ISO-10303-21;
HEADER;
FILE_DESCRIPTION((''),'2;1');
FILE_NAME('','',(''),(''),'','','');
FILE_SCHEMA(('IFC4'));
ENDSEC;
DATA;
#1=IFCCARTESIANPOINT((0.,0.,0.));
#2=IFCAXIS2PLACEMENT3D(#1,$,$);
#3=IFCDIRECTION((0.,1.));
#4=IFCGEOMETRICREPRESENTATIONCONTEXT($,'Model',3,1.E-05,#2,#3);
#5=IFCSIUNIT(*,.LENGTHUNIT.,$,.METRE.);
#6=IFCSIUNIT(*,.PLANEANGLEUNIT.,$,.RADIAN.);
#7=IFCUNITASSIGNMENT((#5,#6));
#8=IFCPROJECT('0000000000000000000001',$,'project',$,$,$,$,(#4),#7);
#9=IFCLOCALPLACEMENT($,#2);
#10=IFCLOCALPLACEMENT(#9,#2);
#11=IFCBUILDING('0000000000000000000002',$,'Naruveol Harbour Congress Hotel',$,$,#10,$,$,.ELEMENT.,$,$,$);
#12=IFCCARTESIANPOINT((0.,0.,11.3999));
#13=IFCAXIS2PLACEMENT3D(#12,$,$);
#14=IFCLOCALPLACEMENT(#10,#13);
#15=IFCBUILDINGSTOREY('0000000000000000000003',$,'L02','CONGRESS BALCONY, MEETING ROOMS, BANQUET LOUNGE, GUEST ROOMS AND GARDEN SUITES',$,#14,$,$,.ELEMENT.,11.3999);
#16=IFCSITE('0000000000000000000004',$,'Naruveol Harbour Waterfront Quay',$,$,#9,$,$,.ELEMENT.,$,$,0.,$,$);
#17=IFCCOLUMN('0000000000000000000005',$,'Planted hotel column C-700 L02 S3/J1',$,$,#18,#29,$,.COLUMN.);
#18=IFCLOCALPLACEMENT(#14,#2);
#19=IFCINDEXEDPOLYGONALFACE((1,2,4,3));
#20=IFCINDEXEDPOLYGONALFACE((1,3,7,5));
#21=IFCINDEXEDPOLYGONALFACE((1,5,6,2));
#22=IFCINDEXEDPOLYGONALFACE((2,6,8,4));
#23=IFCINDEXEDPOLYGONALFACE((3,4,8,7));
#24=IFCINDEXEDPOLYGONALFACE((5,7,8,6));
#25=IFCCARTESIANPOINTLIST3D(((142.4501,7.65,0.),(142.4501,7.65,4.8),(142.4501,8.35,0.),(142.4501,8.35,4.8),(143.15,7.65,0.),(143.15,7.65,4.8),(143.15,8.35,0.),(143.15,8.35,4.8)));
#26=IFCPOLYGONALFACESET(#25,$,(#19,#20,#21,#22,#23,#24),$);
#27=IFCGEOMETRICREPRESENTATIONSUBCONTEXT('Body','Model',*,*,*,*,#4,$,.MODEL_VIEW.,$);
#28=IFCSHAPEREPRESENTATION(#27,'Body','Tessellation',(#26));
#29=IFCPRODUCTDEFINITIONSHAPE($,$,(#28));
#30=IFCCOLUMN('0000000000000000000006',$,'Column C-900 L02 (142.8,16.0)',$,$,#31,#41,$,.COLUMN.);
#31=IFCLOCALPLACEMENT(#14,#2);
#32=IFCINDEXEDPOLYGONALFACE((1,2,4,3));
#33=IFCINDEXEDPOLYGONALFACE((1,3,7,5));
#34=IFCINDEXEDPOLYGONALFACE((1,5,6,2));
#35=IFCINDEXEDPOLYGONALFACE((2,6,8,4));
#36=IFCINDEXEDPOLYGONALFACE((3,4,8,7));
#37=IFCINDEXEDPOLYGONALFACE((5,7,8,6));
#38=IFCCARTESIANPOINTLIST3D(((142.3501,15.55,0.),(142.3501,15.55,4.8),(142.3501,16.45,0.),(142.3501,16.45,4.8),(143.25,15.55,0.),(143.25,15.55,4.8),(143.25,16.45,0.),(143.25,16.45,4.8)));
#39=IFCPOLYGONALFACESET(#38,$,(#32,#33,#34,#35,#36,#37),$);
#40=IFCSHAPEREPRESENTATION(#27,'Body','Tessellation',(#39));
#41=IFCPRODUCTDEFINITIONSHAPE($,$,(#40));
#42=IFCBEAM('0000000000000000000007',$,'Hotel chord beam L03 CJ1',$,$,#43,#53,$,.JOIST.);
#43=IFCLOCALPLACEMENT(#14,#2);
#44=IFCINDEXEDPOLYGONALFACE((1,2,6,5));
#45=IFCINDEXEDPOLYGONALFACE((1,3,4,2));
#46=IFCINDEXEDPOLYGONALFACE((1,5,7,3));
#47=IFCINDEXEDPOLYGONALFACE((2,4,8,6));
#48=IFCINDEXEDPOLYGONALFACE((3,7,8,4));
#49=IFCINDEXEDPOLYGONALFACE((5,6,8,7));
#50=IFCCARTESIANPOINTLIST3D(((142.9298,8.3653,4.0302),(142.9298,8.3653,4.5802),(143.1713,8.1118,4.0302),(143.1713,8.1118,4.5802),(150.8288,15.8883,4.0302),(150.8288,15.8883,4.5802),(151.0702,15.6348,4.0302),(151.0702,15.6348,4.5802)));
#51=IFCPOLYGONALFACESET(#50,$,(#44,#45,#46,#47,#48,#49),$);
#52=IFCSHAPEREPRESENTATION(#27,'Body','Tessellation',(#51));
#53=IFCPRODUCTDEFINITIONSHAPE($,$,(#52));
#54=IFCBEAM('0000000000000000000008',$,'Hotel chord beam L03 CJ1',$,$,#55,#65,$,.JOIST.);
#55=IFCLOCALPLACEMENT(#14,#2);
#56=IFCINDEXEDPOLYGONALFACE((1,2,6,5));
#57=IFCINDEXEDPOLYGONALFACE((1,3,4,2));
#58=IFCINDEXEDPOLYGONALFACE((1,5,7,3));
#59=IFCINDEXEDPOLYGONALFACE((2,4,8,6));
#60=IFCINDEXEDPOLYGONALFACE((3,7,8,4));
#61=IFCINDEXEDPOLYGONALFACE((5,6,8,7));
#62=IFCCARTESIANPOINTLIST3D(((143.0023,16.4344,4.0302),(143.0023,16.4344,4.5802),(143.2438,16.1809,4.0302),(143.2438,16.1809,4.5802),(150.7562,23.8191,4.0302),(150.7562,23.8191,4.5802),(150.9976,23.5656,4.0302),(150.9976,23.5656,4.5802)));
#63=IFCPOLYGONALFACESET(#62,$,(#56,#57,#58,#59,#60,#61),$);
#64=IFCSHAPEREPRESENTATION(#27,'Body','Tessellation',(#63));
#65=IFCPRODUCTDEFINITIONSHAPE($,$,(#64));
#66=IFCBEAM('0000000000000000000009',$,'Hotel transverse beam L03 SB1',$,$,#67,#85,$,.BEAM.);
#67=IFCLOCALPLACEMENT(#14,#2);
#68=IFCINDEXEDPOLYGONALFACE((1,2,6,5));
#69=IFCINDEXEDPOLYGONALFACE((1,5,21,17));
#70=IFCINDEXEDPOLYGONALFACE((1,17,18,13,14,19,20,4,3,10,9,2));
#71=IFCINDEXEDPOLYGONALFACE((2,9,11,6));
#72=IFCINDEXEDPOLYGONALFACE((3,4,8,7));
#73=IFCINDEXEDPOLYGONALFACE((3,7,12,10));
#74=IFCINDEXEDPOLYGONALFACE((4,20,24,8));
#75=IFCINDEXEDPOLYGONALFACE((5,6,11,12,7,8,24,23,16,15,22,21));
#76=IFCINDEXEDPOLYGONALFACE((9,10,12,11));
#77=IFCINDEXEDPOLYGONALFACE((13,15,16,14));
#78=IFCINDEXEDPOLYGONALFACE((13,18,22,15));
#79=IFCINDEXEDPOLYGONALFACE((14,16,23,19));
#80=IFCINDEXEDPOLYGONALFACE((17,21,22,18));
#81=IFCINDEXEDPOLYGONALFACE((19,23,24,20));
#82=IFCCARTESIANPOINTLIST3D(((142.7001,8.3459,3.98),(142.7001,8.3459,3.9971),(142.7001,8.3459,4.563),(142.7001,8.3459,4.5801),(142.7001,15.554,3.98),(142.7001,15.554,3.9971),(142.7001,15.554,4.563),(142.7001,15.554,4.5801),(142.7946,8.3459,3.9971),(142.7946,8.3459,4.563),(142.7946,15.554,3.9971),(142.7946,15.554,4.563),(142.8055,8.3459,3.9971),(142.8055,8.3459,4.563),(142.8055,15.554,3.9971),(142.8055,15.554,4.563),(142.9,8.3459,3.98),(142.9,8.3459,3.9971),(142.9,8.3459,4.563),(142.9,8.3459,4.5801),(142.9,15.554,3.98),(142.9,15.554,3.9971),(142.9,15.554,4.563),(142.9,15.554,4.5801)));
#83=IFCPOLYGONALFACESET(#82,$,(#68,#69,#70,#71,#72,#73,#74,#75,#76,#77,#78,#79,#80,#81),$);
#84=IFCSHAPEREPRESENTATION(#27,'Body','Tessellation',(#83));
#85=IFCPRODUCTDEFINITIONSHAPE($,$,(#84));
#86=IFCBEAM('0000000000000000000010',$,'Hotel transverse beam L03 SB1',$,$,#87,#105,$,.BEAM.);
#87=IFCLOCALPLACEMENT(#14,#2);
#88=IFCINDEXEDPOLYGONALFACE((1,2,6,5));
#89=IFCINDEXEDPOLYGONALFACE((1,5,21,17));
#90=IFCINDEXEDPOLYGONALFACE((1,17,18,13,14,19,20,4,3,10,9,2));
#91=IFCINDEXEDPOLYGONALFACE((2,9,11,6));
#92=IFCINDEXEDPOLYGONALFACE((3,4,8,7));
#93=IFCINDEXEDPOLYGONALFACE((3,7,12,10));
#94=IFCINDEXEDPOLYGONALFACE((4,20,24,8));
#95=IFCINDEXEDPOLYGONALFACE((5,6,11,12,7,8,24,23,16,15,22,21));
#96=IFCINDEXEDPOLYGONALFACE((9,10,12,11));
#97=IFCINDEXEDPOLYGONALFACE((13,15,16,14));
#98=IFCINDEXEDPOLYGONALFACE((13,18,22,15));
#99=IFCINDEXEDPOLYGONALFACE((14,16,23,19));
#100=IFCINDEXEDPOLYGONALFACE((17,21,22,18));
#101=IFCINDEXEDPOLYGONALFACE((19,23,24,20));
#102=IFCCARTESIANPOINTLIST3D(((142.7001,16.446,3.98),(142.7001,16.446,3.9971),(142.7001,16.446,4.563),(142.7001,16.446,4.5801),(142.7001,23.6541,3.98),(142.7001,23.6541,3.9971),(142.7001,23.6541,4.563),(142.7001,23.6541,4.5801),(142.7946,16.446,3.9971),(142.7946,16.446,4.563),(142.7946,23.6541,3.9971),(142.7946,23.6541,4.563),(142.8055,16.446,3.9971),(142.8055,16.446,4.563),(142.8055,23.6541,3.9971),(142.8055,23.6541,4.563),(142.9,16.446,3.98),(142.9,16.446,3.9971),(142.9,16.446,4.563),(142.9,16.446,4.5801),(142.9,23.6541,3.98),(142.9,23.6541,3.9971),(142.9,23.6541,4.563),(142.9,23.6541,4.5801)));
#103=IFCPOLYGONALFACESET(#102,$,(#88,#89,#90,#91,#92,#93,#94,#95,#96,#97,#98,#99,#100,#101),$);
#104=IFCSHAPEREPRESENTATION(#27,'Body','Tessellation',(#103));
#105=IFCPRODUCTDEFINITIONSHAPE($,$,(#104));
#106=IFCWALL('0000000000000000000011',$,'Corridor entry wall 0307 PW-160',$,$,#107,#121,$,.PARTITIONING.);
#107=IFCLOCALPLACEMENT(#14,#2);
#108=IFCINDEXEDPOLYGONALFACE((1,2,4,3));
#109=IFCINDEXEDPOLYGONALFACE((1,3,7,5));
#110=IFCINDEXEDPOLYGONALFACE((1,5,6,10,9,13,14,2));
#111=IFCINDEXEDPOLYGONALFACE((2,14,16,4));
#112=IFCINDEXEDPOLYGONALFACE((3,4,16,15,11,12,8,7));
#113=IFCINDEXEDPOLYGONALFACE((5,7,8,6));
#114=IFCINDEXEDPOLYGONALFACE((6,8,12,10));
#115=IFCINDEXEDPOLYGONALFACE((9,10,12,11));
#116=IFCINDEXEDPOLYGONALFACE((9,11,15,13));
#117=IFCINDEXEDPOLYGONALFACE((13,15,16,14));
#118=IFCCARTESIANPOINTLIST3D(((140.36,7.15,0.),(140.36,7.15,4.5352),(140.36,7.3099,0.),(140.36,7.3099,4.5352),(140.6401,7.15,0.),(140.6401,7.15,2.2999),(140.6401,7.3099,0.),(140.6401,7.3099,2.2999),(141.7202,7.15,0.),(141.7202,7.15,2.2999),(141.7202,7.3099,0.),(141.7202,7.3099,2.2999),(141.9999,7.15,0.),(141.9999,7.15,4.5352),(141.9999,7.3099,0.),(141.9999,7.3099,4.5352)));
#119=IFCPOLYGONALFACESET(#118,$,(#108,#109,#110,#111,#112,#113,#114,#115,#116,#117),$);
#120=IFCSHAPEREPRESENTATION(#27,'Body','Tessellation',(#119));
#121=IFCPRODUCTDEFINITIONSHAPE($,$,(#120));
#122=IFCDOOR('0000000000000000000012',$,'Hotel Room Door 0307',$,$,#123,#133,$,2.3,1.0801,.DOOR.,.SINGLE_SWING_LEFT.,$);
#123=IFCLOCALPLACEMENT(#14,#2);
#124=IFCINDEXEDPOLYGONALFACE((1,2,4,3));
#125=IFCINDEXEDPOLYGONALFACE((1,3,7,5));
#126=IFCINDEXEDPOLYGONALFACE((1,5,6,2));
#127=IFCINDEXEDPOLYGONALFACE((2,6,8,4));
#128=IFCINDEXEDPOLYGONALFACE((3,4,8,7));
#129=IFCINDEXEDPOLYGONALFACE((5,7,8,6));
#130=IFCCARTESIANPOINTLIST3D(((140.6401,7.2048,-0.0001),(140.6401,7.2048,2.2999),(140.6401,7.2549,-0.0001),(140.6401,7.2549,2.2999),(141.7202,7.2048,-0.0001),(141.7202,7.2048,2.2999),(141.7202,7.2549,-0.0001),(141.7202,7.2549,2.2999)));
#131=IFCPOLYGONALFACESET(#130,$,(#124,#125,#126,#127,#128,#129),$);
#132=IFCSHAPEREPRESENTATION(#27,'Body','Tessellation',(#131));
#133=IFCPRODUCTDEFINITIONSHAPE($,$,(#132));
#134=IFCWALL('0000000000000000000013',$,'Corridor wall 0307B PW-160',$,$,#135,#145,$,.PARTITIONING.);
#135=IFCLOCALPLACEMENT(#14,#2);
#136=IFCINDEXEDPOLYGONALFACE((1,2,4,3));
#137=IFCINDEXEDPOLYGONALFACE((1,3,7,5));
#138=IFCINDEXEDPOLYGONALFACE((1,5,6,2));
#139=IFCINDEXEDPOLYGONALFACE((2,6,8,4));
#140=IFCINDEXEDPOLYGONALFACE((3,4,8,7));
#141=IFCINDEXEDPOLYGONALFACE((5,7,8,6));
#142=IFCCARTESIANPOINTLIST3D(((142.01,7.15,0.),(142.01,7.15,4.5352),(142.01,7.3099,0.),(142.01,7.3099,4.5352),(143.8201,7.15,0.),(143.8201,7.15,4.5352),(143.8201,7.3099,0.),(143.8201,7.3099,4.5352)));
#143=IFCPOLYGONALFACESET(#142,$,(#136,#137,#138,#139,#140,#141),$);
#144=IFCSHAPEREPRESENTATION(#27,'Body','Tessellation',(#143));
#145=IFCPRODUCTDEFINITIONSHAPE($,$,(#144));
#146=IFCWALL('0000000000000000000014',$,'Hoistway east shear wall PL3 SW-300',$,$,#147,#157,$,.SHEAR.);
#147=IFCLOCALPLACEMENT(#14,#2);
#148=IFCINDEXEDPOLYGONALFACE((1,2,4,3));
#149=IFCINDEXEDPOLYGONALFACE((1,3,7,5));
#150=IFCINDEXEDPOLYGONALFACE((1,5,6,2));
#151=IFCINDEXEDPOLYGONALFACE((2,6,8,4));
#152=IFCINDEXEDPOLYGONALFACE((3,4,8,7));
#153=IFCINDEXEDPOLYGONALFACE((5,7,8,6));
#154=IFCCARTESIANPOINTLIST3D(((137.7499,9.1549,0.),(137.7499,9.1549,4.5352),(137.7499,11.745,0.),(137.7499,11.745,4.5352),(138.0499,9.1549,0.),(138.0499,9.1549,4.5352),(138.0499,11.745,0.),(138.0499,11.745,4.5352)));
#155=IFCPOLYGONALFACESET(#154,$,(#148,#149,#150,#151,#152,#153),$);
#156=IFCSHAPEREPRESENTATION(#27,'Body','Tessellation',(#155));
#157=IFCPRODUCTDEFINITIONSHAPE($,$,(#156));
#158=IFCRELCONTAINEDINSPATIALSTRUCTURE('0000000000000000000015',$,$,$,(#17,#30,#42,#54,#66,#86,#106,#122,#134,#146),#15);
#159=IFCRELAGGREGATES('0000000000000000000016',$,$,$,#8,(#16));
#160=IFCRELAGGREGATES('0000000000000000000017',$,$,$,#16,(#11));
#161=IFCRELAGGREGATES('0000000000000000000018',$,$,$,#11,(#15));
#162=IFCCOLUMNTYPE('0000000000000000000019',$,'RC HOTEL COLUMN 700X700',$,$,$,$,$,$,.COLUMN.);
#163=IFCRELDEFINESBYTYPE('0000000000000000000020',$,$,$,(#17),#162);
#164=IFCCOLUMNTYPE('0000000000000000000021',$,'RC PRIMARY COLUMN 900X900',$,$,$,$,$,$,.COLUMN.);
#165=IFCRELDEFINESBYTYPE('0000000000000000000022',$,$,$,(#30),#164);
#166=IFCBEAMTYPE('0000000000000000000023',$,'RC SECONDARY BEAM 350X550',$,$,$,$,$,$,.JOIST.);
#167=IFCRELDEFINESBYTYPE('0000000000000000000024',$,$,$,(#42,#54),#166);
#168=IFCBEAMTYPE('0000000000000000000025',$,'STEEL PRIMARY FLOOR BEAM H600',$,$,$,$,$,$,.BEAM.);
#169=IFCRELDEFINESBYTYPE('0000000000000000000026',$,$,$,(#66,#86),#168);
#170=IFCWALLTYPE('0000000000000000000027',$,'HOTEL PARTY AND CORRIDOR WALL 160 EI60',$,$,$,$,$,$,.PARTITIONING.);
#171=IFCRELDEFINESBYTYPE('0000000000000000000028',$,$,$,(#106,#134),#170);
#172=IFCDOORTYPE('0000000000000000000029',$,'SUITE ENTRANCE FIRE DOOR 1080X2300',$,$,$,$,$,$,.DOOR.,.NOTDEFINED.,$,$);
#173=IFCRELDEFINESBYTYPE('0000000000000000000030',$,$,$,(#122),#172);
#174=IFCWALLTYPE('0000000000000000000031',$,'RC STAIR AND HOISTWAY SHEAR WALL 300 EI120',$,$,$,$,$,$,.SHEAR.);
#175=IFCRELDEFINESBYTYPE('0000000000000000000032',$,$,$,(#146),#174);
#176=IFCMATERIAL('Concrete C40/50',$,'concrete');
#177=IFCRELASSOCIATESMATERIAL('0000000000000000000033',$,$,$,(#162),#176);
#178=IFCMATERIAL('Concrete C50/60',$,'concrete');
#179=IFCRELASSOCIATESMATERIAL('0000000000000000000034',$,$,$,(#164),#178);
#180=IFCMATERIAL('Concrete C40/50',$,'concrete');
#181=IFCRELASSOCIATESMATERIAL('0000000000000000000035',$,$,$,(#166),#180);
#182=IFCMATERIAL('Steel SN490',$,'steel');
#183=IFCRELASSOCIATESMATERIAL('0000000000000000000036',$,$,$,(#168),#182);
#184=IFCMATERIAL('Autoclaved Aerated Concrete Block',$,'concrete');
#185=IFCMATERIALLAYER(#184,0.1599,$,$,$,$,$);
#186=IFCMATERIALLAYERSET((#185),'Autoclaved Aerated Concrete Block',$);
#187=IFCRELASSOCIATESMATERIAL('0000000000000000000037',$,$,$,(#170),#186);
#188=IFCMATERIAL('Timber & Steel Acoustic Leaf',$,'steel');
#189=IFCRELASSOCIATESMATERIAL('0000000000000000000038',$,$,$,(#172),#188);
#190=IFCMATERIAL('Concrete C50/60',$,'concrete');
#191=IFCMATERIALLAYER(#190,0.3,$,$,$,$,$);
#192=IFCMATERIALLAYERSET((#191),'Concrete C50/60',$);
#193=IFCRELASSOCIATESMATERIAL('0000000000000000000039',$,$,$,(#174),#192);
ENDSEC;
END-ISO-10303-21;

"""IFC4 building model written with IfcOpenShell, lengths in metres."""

from ifc_helpers import new_model, si_unit, direction, frame, frame_2d, origin, origin_2d, place, context, subcontext, project, spatial, rectangle, i_section, extrude, material, layer, layer_set, material_profile, profile_set, type_object, element, fill, save


model = new_model("IFC4")

# Units and contexts
model_context = context("Model", 3, precision=1e-05, world=origin(), true_north=direction((0.0, 1.0)))
body_context = subcontext(model_context, "Body", "Model", "MODEL_VIEW")
ifc_project = project(units=[si_unit("LENGTHUNIT", "METRE"), si_unit("PLANEANGLEUNIT", "RADIAN")], contexts=[model_context])

# Site, building, storey
site_placement = place(None, origin())
site = spatial("IfcSite", under=ifc_project, at=site_placement, Name="Naruveol Harbour Waterfront Quay", CompositionType="ELEMENT", RefElevation=0.0)
building_placement = place(site_placement, origin())
building = spatial("IfcBuilding", under=site, at=building_placement, Name="Naruveol Harbour Congress Hotel", CompositionType="ELEMENT")
storey_placement = place(building_placement, frame((0.0, 0.0, 11.3999)))
storey = spatial("IfcBuildingStorey", under=building, at=storey_placement, Name="L02", Description="CONGRESS BALCONY, MEETING ROOMS, BANQUET LOUNGE, GUEST ROOMS AND GARDEN SUITES", CompositionType="ELEMENT", Elevation=11.3999)

# Columns
ifc_material_1 = material(Name="Concrete C40/50", Category="concrete")
ifc_material_profile_1 = material_profile(ifc_material_1, rectangle(XDim=0.7, YDim=0.7, at=origin_2d()), Name="RC-700x700")
ifc_profile_set_1 = profile_set([ifc_material_profile_1], Name="Concrete C40/50")
column_type_1 = type_object("IfcColumnType", Name="RC HOTEL COLUMN 700X700", PredefinedType="COLUMN", material=ifc_profile_set_1)
column_1_placement = place(storey_placement, frame((142.8, 8.0, 0.0), z_axis=(0.0, 0.0, 1.0), x_axis=(1.0, 0.0, 0.0)))
element("IfcColumn", 1, at=column_1_placement, inside=storey, type_object=column_type_1, Name="Planted hotel column C-700 L02 S3/J1", PredefinedType="COLUMN", context=body_context, shape_type="SweptSolid", body=[
    extrude(rectangle(XDim=0.7, YDim=0.7, at=origin_2d()), origin(), (0.0, 0.0, 1.0), 4.8),
])
ifc_material_2 = material(Name="Concrete C50/60", Category="concrete")
ifc_material_profile_2 = material_profile(ifc_material_2, rectangle(XDim=0.8999, YDim=0.8999, at=origin_2d()), Name="RC-900x900")
ifc_profile_set_2 = profile_set([ifc_material_profile_2], Name="Concrete C50/60")
column_type_2 = type_object("IfcColumnType", Name="RC PRIMARY COLUMN 900X900", PredefinedType="COLUMN", material=ifc_profile_set_2)
column_2_placement = place(storey_placement, frame((142.8, 16.0, 0.0), z_axis=(0.0, 0.0, 1.0), x_axis=(1.0, 0.0, 0.0)))
element("IfcColumn", 2, at=column_2_placement, inside=storey, type_object=column_type_2, Name="Column C-900 L02 (142.8,16.0)", PredefinedType="COLUMN", context=body_context, shape_type="SweptSolid", body=[
    extrude(rectangle(XDim=0.8999, YDim=0.8999, at=origin_2d()), origin(), (0.0, 0.0, 1.0), 4.8),
])

# Beams
ifc_material_3 = material(Name="Concrete C40/50", Category="concrete")
ifc_material_profile_3 = material_profile(ifc_material_3, rectangle(XDim=0.3501, YDim=0.55, at=origin_2d()), Name="RCB-350x550")
ifc_profile_set_3 = profile_set([ifc_material_profile_3], Name="Concrete C40/50")
beam_type_1 = type_object("IfcBeamType", Name="RC SECONDARY BEAM 350X550", PredefinedType="JOIST", material=ifc_profile_set_3)
beam_1_placement = place(storey_placement, frame((143.0505, 8.2385, 4.3052), z_axis=(0.72413, 0.689663, 0.0), x_axis=(-0.689663, 0.72413, 0.0)))
element("IfcBeam", 3, at=beam_1_placement, inside=storey, type_object=beam_type_1, Name="Hotel chord beam L03 CJ1", PredefinedType="JOIST", context=body_context, shape_type="SweptSolid", body=[
    extrude(rectangle(XDim=0.3501, YDim=0.55, at=origin_2d()), origin(), (0.0, 0.0, 1.0), 10.9082),
])
beam_2_placement = place(storey_placement, frame((143.123, 16.3076, 4.3052), z_axis=(0.724134, 0.68966, 0.0), x_axis=(-0.68966, 0.724134, 0.0)))
element("IfcBeam", 4, at=beam_2_placement, inside=storey, type_object=beam_type_1, Name="Hotel chord beam L03 CJ1", PredefinedType="JOIST", context=body_context, shape_type="SweptSolid", body=[
    extrude(rectangle(XDim=0.3501, YDim=0.55, at=origin_2d()), origin(), (0.0, 0.0, 1.0), 10.7078),
])
ifc_material_4 = material(Name="Steel SN490", Category="steel")
ifc_material_profile_4 = material_profile(ifc_material_4, i_section(OverallWidth=0.2, OverallDepth=0.6001, WebThickness=0.011, FlangeThickness=0.0171, at=origin_2d()), Name="H-600x200x11x17")
ifc_profile_set_4 = profile_set([ifc_material_profile_4], Name="Steel SN490")
beam_type_2 = type_object("IfcBeamType", Name="STEEL PRIMARY FLOOR BEAM H600", PredefinedType="BEAM", material=ifc_profile_set_4)
for number, where, z_axis, x_axis, name in (
    (5, (142.8, 8.3459, 4.28), (0.0, 1.0, 0.0), (-1.0, 0.0, 0.0), "Hotel transverse beam L03 SB1"),
    (6, (142.8, 16.446, 4.28), (0.0, 1.0, 0.0), (-1.0, 0.0, 0.0), "Hotel transverse beam L03 SB1"),
):
    element("IfcBeam", number, at=place(storey_placement, frame(where, z_axis=z_axis, x_axis=x_axis)), inside=storey, type_object=beam_type_2, Name=name, PredefinedType="BEAM", context=body_context, shape_type="SweptSolid", body=[
        extrude(i_section(OverallWidth=0.2, OverallDepth=0.6001, WebThickness=0.011, FlangeThickness=0.0171, at=origin_2d()), origin(), (0.0, 0.0, 1.0), 7.208),
    ])

# Wall, opening, door
ifc_material_5 = material(Name="Autoclaved Aerated Concrete Block", Category="concrete")
ifc_layer_1 = layer(ifc_material_5, 0.1599)
ifc_layer_set_1 = layer_set([ifc_layer_1], Name="Autoclaved Aerated Concrete Block")
wall_type_1 = type_object("IfcWallType", Name="HOTEL PARTY AND CORRIDOR WALL 160 EI60", PredefinedType="PARTITIONING", material=ifc_layer_set_1)
wall_1_placement = place(storey_placement, frame((140.3601, 7.23, 0.0), z_axis=(0.0, 0.0, 1.0), x_axis=(1.0, 0.0, 0.0)))
wall_1 = element("IfcWall", 7, at=wall_1_placement, inside=storey, type_object=wall_type_1, Name="Corridor entry wall 0307 PW-160", PredefinedType="PARTITIONING", context=body_context, shape_type="SweptSolid", body=[
    extrude(rectangle(XDim=1.6399, YDim=0.1599, at=frame_2d((0.8198, 0.0))), origin(), (0.0, 0.0, 1.0), 4.5352),
])
opening_1_placement = place(wall_1_placement, frame((0.28, 0.0, 0.0)))
opening_1 = element("IfcOpeningElement", 8, at=opening_1_placement, cuts=wall_1, PredefinedType="OPENING", context=body_context, shape_type="SweptSolid", body=[
    extrude(rectangle(XDim=1.0801, YDim=2.3, at=frame_2d((0.54, 1.1499))), frame((0.0, 0.0898, 0.0), z_axis=(0.0, -1.0, 0.0), x_axis=(1.0, 0.0, 0.0)), (0.0, 0.0, 1.0), 0.1799),
])
ifc_material_6 = material(Name="Timber & Steel Acoustic Leaf", Category="steel")
door_type_1 = type_object("IfcDoorType", Name="SUITE ENTRANCE FIRE DOOR 1080X2300", OperationType="NOTDEFINED", PredefinedType="DOOR", material=ifc_material_6)
door_1_placement = place(opening_1_placement, origin())
door_1 = element("IfcDoor", 9, at=door_1_placement, inside=storey, type_object=door_type_1, Name="Hotel Room Door 0307", OperationType="SINGLE_SWING_LEFT", OverallHeight=2.3, OverallWidth=1.0801, PredefinedType="DOOR", context=body_context, shape_type="SweptSolid", body=[
    extrude(rectangle(XDim=1.0801, YDim=2.3, at=frame_2d((0.54, 1.1499))), frame((0.0, 0.0249, 0.0), z_axis=(0.0, -1.0, 0.0), x_axis=(1.0, 0.0, 0.0)), (0.0, 0.0, 1.0), 0.05),
])
fill(opening_1, door_1)

# Walls
wall_2_placement = place(storey_placement, frame((142.01, 7.23, 0.0), z_axis=(0.0, 0.0, 1.0), x_axis=(1.0, 0.0, 0.0)))
element("IfcWall", 10, at=wall_2_placement, inside=storey, type_object=wall_type_1, Name="Corridor wall 0307B PW-160", PredefinedType="PARTITIONING", context=body_context, shape_type="SweptSolid", body=[
    extrude(rectangle(XDim=1.8101, YDim=0.1599, at=frame_2d((0.905, 0.0))), origin(), (0.0, 0.0, 1.0), 4.5352),
])
ifc_material_7 = material(Name="Concrete C50/60", Category="concrete")
ifc_layer_2 = layer(ifc_material_7, 0.3)
ifc_layer_set_2 = layer_set([ifc_layer_2], Name="Concrete C50/60")
wall_type_2 = type_object("IfcWallType", Name="RC STAIR AND HOISTWAY SHEAR WALL 300 EI120", PredefinedType="SHEAR", material=ifc_layer_set_2)
wall_3_placement = place(storey_placement, frame((137.8999, 9.155, 0.0), z_axis=(0.0, 0.0, 1.0), x_axis=(0.0, 1.0, 0.0)))
element("IfcWall", 11, at=wall_3_placement, inside=storey, type_object=wall_type_2, Name="Hoistway east shear wall PL3 SW-300", PredefinedType="SHEAR", context=body_context, shape_type="SweptSolid", body=[
    extrude(rectangle(XDim=2.5901, YDim=0.3, at=frame_2d((1.2949, 0.0))), origin(), (0.0, 0.0, 1.0), 4.5352),
])

save(model, "model.ifc")
